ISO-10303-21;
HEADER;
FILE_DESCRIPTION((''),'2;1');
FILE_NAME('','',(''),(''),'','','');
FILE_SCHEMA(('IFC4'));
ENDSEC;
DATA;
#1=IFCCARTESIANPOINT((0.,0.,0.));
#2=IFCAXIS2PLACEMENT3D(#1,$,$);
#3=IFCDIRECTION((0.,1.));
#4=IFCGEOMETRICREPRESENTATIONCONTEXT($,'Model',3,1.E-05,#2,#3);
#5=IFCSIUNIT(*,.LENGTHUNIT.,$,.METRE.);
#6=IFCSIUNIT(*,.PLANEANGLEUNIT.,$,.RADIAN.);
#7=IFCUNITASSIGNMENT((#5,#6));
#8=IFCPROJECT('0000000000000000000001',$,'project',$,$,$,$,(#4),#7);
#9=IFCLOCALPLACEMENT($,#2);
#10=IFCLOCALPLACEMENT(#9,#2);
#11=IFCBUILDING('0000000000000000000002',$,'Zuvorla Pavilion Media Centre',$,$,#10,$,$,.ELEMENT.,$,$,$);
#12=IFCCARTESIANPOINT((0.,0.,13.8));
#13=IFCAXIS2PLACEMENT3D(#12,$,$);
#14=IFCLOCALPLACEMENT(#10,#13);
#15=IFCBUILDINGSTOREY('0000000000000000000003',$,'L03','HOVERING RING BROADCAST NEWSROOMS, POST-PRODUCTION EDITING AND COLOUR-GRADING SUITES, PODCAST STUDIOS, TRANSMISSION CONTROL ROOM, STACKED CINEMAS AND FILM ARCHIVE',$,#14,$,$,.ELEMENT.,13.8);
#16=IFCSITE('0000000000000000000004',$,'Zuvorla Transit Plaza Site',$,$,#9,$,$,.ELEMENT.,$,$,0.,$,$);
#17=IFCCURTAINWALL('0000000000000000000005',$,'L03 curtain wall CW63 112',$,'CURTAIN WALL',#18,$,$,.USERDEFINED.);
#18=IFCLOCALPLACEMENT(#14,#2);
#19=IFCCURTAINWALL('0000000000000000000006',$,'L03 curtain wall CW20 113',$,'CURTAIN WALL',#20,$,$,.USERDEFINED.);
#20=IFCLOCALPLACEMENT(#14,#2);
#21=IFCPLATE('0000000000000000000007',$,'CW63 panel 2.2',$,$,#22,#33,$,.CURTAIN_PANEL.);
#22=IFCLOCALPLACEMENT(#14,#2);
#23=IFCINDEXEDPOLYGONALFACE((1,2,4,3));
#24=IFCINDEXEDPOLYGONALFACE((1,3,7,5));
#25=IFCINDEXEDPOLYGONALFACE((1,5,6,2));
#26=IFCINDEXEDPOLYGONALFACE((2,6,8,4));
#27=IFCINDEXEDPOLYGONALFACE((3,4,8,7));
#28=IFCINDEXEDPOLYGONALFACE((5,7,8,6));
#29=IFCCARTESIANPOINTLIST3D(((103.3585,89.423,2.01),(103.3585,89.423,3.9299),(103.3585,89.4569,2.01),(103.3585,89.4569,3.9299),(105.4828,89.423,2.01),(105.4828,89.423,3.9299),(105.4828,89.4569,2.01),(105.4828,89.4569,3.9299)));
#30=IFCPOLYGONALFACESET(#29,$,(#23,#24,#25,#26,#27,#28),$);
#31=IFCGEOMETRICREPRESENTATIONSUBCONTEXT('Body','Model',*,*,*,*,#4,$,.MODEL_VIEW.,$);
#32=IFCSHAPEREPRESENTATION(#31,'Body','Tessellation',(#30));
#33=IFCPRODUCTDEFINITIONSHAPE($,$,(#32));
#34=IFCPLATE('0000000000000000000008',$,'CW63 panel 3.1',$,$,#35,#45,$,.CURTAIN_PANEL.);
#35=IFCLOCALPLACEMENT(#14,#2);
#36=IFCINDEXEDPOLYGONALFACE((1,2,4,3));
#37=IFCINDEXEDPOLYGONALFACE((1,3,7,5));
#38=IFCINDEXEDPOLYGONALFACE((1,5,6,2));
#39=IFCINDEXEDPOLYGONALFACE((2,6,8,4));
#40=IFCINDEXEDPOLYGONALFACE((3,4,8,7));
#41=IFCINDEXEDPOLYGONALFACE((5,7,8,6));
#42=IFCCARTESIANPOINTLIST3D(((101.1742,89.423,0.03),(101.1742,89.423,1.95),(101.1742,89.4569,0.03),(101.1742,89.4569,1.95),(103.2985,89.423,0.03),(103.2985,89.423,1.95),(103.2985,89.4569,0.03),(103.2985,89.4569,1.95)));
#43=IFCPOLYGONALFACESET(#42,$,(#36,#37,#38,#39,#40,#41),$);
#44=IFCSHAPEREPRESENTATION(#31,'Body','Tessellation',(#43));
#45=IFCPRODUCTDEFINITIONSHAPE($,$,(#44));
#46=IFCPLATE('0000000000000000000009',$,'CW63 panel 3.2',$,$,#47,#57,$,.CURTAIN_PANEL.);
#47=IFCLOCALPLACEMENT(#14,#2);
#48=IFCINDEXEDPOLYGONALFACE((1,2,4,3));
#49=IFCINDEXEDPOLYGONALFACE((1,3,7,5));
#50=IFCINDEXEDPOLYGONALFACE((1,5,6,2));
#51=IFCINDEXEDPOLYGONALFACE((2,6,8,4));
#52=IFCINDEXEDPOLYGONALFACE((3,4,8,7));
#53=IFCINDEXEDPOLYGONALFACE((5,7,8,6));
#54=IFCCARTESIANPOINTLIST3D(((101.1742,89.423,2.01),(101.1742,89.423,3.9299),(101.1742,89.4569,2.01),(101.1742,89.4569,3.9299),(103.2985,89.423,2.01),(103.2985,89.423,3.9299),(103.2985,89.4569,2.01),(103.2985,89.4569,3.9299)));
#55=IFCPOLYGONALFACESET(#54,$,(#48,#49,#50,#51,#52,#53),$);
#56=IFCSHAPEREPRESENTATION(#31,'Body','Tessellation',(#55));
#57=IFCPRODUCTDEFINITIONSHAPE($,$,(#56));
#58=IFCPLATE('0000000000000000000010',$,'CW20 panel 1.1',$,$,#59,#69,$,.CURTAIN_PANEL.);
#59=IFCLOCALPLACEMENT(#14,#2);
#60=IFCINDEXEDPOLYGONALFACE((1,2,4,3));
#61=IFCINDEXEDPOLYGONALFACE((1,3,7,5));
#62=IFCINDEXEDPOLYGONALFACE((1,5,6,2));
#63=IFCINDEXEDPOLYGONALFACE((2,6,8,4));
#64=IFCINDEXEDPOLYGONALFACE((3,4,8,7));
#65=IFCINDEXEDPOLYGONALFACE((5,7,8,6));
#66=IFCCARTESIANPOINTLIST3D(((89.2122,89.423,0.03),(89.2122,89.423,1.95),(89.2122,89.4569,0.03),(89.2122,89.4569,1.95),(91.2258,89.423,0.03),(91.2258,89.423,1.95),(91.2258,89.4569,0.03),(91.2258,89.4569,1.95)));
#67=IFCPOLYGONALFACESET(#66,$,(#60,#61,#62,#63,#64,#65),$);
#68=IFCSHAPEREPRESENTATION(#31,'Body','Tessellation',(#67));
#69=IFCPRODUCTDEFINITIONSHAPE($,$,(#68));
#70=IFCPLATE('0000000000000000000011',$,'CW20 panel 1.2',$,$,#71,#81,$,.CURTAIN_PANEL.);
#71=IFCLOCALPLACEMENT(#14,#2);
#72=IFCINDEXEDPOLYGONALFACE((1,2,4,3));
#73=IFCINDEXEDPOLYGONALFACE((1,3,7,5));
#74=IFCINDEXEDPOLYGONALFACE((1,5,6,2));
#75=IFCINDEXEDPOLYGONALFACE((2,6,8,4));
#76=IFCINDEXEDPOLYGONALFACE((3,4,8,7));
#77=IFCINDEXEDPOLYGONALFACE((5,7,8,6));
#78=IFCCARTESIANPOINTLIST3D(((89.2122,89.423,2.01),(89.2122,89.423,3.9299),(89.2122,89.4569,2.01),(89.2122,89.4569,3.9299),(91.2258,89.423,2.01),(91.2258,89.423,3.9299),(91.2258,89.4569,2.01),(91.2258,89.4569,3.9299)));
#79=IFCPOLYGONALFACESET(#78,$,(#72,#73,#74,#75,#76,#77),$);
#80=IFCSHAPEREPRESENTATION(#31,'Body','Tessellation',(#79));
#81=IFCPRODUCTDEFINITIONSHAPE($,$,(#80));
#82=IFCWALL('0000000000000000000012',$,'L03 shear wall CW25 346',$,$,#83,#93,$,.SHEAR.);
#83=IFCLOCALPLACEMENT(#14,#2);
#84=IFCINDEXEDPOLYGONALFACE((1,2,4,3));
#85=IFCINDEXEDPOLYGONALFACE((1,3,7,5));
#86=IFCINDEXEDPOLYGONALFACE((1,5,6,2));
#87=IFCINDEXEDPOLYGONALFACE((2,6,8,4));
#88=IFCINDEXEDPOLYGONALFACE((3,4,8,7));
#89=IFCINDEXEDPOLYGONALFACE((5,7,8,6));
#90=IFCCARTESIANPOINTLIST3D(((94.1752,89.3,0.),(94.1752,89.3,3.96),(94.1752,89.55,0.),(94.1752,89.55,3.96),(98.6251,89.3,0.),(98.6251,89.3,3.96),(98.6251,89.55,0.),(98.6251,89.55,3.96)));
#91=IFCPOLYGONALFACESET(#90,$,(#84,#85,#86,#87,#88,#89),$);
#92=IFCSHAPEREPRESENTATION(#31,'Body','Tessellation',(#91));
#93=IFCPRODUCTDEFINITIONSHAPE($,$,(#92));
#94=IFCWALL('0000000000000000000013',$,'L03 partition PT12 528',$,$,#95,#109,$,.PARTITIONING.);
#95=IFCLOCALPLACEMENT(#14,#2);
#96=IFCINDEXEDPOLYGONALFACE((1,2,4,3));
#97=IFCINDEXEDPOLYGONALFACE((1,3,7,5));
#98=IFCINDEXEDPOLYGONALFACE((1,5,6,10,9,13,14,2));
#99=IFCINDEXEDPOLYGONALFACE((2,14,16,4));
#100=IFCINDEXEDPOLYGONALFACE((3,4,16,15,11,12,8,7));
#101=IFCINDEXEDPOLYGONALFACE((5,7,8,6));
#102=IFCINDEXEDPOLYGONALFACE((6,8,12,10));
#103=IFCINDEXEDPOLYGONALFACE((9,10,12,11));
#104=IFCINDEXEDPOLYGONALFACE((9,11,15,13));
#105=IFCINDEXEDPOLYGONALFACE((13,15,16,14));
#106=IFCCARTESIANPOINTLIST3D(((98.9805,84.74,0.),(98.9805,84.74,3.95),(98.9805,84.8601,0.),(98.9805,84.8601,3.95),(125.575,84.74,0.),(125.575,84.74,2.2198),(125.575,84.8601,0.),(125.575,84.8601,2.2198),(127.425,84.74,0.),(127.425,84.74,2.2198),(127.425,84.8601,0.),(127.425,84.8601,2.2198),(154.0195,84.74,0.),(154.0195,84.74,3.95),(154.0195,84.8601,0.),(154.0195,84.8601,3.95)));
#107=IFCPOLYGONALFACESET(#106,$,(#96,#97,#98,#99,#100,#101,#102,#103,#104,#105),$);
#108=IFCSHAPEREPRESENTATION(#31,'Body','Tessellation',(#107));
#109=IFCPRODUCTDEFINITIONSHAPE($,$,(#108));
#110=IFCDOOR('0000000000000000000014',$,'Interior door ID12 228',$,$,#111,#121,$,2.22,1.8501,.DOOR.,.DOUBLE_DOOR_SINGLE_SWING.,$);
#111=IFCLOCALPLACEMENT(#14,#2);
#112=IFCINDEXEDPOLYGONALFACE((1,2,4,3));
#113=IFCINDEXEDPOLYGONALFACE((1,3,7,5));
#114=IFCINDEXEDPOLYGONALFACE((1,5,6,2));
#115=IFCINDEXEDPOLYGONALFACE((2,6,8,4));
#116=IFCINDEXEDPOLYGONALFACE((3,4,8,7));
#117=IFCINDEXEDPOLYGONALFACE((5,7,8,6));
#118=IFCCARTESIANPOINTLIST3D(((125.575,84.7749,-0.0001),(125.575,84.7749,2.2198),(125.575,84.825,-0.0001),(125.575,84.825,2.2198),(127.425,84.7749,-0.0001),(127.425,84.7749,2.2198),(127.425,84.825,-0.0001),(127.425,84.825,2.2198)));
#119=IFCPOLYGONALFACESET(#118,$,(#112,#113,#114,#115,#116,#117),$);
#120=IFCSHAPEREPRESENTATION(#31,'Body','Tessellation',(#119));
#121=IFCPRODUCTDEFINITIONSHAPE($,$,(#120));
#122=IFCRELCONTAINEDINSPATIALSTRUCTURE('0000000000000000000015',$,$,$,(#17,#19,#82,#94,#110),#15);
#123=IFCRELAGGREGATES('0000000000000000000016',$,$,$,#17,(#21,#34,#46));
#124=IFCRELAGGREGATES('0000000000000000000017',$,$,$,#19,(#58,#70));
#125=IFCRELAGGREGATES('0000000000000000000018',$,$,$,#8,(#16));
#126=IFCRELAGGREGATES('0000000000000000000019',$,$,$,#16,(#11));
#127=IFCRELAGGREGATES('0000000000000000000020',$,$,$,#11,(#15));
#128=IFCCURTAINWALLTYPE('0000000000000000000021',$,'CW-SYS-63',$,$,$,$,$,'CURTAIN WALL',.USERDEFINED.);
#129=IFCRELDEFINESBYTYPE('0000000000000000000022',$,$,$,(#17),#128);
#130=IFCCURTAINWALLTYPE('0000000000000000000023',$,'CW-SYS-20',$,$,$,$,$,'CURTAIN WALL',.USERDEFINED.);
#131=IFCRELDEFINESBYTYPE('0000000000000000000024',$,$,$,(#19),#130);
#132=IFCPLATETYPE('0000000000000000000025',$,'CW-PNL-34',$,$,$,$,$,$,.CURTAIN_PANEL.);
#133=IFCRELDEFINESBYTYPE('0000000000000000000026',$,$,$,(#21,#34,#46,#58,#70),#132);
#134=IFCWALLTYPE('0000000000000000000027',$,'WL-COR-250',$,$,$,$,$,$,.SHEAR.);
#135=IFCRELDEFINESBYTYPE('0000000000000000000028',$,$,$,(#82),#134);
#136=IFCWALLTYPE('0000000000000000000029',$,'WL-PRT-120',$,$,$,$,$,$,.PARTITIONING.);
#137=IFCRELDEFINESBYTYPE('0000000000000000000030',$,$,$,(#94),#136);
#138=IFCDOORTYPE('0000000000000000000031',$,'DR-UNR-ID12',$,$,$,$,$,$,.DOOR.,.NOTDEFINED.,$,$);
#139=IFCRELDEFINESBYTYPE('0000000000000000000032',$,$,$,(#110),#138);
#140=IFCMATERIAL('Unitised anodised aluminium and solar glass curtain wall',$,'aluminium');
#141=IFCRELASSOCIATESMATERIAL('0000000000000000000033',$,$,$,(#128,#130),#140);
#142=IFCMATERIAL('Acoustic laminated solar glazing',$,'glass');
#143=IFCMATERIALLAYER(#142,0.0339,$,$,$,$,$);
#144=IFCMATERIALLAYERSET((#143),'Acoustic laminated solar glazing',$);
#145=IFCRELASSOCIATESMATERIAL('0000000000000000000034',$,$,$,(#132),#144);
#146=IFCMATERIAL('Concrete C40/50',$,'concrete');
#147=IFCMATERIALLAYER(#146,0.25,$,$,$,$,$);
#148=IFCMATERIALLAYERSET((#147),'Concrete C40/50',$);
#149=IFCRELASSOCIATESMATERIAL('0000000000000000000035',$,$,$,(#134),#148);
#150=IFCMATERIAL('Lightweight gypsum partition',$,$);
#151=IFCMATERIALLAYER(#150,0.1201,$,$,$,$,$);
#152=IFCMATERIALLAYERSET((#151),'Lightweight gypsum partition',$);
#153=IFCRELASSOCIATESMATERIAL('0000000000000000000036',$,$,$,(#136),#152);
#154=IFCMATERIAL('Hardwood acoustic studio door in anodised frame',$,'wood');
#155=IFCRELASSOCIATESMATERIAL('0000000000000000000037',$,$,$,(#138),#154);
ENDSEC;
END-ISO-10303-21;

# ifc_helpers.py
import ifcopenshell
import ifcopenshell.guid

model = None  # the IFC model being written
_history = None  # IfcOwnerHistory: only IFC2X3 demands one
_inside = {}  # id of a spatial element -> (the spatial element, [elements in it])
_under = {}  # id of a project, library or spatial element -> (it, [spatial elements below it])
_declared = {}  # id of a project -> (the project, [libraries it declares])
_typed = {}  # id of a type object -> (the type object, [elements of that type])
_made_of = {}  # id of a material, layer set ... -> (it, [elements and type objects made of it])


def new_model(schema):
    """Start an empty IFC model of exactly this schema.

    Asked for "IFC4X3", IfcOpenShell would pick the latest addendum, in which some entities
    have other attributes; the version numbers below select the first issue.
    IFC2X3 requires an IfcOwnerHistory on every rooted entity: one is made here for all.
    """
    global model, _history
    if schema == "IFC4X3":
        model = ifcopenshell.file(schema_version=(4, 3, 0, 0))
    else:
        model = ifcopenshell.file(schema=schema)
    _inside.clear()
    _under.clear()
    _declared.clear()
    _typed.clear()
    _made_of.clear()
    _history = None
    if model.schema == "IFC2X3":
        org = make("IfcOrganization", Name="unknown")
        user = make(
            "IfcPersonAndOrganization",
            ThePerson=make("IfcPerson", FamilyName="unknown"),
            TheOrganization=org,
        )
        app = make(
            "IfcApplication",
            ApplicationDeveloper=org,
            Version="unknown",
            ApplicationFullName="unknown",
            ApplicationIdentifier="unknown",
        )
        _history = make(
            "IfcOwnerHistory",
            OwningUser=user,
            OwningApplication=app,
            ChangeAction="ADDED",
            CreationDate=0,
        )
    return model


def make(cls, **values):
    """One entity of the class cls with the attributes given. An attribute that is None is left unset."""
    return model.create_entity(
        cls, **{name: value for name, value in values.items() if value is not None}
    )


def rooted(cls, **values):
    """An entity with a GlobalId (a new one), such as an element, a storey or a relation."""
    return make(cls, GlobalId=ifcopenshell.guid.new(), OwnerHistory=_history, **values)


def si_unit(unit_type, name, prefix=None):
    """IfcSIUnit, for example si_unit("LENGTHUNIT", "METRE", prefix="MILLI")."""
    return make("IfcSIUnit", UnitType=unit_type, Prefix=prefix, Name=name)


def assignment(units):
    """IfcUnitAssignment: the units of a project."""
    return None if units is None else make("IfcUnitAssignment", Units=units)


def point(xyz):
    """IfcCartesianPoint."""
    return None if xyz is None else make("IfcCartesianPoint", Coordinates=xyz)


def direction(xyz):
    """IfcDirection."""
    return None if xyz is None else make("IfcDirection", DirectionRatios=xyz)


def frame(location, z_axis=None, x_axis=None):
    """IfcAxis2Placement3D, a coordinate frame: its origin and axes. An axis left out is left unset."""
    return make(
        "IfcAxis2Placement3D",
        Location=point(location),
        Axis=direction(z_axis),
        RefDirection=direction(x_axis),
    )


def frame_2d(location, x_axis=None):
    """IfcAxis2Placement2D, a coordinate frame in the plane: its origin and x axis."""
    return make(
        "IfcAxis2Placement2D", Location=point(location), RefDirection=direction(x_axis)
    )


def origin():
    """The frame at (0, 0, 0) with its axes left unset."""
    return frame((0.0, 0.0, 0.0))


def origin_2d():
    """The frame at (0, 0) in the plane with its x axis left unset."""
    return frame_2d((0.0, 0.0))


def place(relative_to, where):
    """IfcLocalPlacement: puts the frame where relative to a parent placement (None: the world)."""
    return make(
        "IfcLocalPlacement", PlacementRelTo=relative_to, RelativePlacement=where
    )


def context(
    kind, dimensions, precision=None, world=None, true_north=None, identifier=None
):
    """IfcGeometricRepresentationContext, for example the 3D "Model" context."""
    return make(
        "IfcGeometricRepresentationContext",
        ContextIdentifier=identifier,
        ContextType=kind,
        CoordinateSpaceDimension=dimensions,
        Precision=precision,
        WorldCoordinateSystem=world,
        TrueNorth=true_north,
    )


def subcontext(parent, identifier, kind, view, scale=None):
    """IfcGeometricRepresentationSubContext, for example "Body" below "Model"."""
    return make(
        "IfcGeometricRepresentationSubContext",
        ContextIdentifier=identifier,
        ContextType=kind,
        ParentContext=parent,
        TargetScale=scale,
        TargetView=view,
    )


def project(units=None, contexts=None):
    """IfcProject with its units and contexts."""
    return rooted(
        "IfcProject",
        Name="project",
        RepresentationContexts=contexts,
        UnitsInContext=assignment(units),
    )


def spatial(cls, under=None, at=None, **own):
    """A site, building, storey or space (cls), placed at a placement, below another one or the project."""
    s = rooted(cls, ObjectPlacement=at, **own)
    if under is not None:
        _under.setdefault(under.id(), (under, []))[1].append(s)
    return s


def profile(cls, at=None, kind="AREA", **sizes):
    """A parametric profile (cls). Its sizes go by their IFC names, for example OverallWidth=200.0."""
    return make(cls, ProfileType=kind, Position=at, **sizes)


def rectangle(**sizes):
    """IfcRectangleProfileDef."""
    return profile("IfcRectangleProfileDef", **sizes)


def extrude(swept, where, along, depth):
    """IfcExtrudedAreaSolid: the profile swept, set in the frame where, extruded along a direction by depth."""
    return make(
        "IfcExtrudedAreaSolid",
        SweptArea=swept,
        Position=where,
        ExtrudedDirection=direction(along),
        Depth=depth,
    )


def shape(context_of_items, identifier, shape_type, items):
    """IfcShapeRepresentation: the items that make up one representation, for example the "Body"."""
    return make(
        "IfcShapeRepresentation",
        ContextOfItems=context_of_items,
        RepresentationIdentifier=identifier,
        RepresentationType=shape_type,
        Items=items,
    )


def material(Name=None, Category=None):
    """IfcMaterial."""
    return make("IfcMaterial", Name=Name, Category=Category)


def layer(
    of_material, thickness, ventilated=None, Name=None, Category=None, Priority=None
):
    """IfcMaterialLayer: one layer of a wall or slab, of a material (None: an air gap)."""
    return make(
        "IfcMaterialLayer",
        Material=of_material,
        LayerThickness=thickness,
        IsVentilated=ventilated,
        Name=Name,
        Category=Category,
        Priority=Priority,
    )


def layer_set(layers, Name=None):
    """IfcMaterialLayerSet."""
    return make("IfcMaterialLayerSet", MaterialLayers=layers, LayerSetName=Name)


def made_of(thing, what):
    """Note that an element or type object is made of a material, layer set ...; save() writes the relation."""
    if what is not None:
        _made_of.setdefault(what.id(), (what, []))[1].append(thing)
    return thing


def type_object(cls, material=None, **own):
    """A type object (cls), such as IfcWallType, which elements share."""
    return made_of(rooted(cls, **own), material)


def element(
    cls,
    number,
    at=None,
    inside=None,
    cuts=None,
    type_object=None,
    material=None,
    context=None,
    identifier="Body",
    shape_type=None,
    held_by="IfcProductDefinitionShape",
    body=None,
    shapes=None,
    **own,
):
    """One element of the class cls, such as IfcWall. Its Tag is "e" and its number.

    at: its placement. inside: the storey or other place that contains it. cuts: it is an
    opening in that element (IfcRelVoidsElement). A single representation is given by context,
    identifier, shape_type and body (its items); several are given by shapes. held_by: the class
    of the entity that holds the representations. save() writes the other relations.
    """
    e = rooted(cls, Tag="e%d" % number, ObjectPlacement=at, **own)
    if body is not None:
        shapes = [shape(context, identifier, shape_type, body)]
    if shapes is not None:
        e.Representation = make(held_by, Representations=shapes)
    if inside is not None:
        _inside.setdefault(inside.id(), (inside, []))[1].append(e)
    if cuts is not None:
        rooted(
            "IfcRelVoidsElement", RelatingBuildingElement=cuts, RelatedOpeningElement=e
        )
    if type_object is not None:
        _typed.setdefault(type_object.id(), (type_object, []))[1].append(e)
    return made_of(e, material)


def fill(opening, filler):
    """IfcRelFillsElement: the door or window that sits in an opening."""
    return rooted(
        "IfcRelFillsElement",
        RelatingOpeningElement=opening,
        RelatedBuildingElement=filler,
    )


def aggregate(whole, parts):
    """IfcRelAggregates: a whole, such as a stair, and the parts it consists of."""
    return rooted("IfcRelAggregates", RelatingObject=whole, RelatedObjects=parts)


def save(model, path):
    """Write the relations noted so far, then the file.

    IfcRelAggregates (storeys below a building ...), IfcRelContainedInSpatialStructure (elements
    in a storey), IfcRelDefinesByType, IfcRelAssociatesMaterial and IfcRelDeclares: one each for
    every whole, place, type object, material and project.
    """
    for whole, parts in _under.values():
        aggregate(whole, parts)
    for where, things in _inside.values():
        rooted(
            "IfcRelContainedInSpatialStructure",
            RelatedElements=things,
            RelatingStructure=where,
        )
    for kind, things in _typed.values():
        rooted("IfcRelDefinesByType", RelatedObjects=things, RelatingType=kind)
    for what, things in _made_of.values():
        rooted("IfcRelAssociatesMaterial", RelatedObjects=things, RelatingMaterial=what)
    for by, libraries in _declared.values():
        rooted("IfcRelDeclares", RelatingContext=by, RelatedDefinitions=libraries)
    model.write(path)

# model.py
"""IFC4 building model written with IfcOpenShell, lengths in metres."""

from ifc_helpers import new_model, si_unit, direction, frame, frame_2d, origin, origin_2d, place, context, subcontext, project, spatial, rectangle, extrude, material, layer, layer_set, type_object, element, fill, aggregate, save


model = new_model("IFC4")

# Units and contexts
model_context = context("Model", 3, precision=1e-05, world=origin(), true_north=direction((0.0, 1.0)))
body_context = subcontext(model_context, "Body", "Model", "MODEL_VIEW")
ifc_project = project(units=[si_unit("LENGTHUNIT", "METRE"), si_unit("PLANEANGLEUNIT", "RADIAN")], contexts=[model_context])

# Site, building, storey
site_placement = place(None, origin())
site = spatial("IfcSite", under=ifc_project, at=site_placement, Name="Zuvorla Transit Plaza Site", CompositionType="ELEMENT", RefElevation=0.0)
building_placement = place(site_placement, origin())
building = spatial("IfcBuilding", under=site, at=building_placement, Name="Zuvorla Pavilion Media Centre", CompositionType="ELEMENT")
storey_placement = place(building_placement, frame((0.0, 0.0, 13.8)))
storey = spatial("IfcBuildingStorey", under=building, at=storey_placement, Name="L03", Description="HOVERING RING BROADCAST NEWSROOMS, POST-PRODUCTION EDITING AND COLOUR-GRADING SUITES, PODCAST STUDIOS, TRANSMISSION CONTROL ROOM, STACKED CINEMAS AND FILM ARCHIVE", CompositionType="ELEMENT", Elevation=13.8)

# Shared definitions
ifc_material_1 = material(Name="Concrete C40/50", Category="concrete")

# Curtain walls
ifc_material_2 = material(Name="Unitised anodised aluminium and solar glass curtain wall", Category="aluminium")
curtain_wall_type_1 = type_object("IfcCurtainWallType", Name="CW-SYS-63", ElementType="CURTAIN WALL", PredefinedType="USERDEFINED", material=ifc_material_2)
curtain_wall_1_placement = place(storey_placement, origin())
curtain_wall_1 = element("IfcCurtainWall", 1, at=curtain_wall_1_placement, inside=storey, type_object=curtain_wall_type_1, Name="L03 curtain wall CW63 112", ObjectType="CURTAIN WALL", PredefinedType="USERDEFINED")
curtain_wall_type_2 = type_object("IfcCurtainWallType", Name="CW-SYS-20", ElementType="CURTAIN WALL", PredefinedType="USERDEFINED", material=ifc_material_2)
curtain_wall_2_placement = place(storey_placement, origin())
curtain_wall_2 = element("IfcCurtainWall", 2, at=curtain_wall_2_placement, inside=storey, type_object=curtain_wall_type_2, Name="L03 curtain wall CW20 113", ObjectType="CURTAIN WALL", PredefinedType="USERDEFINED")

# Plates
ifc_material_3 = material(Name="Acoustic laminated solar glazing", Category="glass")
ifc_layer_1 = layer(ifc_material_3, 0.0339)
ifc_layer_set_1 = layer_set([ifc_layer_1], Name="Acoustic laminated solar glazing")
plate_type = type_object("IfcPlateType", Name="CW-PNL-34", PredefinedType="CURTAIN_PANEL", material=ifc_layer_set_1)
plate_1_placement = place(storey_placement, frame((104.4207, 89.4399, 2.01), z_axis=(0.0, 0.0, 1.0), x_axis=(-1.0, 0.0, 0.0)))
plate_1 = element("IfcPlate", 3, at=plate_1_placement, type_object=plate_type, Name="CW63 panel 2.2", PredefinedType="CURTAIN_PANEL", context=body_context, shape_type="SweptSolid", body=[
    extrude(rectangle(XDim=2.1243, YDim=0.0339, at=origin_2d()), origin(), (0.0, 0.0, 1.0), 1.9199),
])
plate_2_placement = place(storey_placement, frame((102.2363, 89.4399, 0.03), z_axis=(0.0, 0.0, 1.0), x_axis=(-1.0, 0.0, 0.0)))
plate_2 = element("IfcPlate", 4, at=plate_2_placement, type_object=plate_type, Name="CW63 panel 3.1", PredefinedType="CURTAIN_PANEL", context=body_context, shape_type="SweptSolid", body=[
    extrude(rectangle(XDim=2.1243, YDim=0.0339, at=origin_2d()), origin(), (0.0, 0.0, 1.0), 1.9199),
])
plate_3_placement = place(storey_placement, frame((102.2363, 89.4399, 2.01), z_axis=(0.0, 0.0, 1.0), x_axis=(-1.0, 0.0, 0.0)))
plate_3 = element("IfcPlate", 5, at=plate_3_placement, type_object=plate_type, Name="CW63 panel 3.2", PredefinedType="CURTAIN_PANEL", context=body_context, shape_type="SweptSolid", body=[
    extrude(rectangle(XDim=2.1243, YDim=0.0339, at=origin_2d()), origin(), (0.0, 0.0, 1.0), 1.9199),
])
aggregate(curtain_wall_1, [plate_1, plate_2, plate_3])
plate_4_placement = place(storey_placement, frame((90.219, 89.4399, 0.03), z_axis=(0.0, 0.0, 1.0), x_axis=(-1.0, 0.0, 0.0)))
plate_4 = element("IfcPlate", 6, at=plate_4_placement, type_object=plate_type, Name="CW20 panel 1.1", PredefinedType="CURTAIN_PANEL", context=body_context, shape_type="SweptSolid", body=[
    extrude(rectangle(XDim=2.0137, YDim=0.0339, at=origin_2d()), origin(), (0.0, 0.0, 1.0), 1.9199),
])
plate_5_placement = place(storey_placement, frame((90.219, 89.4399, 2.01), z_axis=(0.0, 0.0, 1.0), x_axis=(-1.0, 0.0, 0.0)))
plate_5 = element("IfcPlate", 7, at=plate_5_placement, type_object=plate_type, Name="CW20 panel 1.2", PredefinedType="CURTAIN_PANEL", context=body_context, shape_type="SweptSolid", body=[
    extrude(rectangle(XDim=2.0137, YDim=0.0339, at=origin_2d()), origin(), (0.0, 0.0, 1.0), 1.9199),
])
aggregate(curtain_wall_2, [plate_4, plate_5])

# Wall
ifc_layer_2 = layer(ifc_material_1, 0.25)
ifc_layer_set_2 = layer_set([ifc_layer_2], Name="Concrete C40/50")
wall_type_1 = type_object("IfcWallType", Name="WL-COR-250", PredefinedType="SHEAR", material=ifc_layer_set_2)
wall_1_placement = place(storey_placement, frame((94.175, 89.425, 0.0), z_axis=(0.0, 0.0, 1.0), x_axis=(1.0, 0.0, 0.0)))
element("IfcWall", 8, at=wall_1_placement, inside=storey, type_object=wall_type_1, Name="L03 shear wall CW25 346", PredefinedType="SHEAR", context=body_context, shape_type="SweptSolid", body=[
    extrude(rectangle(XDim=4.45, YDim=0.25, at=frame_2d((2.2251, 0.0))), origin(), (0.0, 0.0, 1.0), 3.96),
])

# Wall, opening, door
ifc_material_4 = material(Name="Lightweight gypsum partition")
ifc_layer_3 = layer(ifc_material_4, 0.1201)
ifc_layer_set_3 = layer_set([ifc_layer_3], Name="Lightweight gypsum partition")
wall_type_2 = type_object("IfcWallType", Name="WL-PRT-120", PredefinedType="PARTITIONING", material=ifc_layer_set_3)
wall_2_placement = place(storey_placement, frame((98.9805, 84.8, 0.0), z_axis=(0.0, 0.0, 1.0), x_axis=(1.0, 0.0, 0.0)))
wall_2 = element("IfcWall", 9, at=wall_2_placement, inside=storey, type_object=wall_type_2, Name="L03 partition PT12 528", PredefinedType="PARTITIONING", context=body_context, shape_type="SweptSolid", body=[
    extrude(rectangle(XDim=55.0391, YDim=0.1201, at=frame_2d((27.5195, 0.0))), origin(), (0.0, 0.0, 1.0), 3.95),
])
opening_placement = place(wall_2_placement, frame((26.5945, 0.0, 0.0)))
opening = element("IfcOpeningElement", 10, at=opening_placement, cuts=wall_2, PredefinedType="OPENING", context=body_context, shape_type="SweptSolid", body=[
    extrude(rectangle(XDim=1.8501, YDim=2.22, at=frame_2d((0.925, 1.1099))), frame((0.0, 0.0701, 0.0), z_axis=(0.0, -1.0, 0.0), x_axis=(1.0, 0.0, 0.0)), (0.0, 0.0, 1.0), 0.1401),
])
ifc_material_5 = material(Name="Hardwood acoustic studio door in anodised frame", Category="wood")
door_type = type_object("IfcDoorType", Name="DR-UNR-ID12", OperationType="NOTDEFINED", PredefinedType="DOOR", material=ifc_material_5)
door_placement = place(opening_placement, origin())
door = element("IfcDoor", 11, at=door_placement, inside=storey, type_object=door_type, Name="Interior door ID12 228", OperationType="DOUBLE_DOOR_SINGLE_SWING", OverallHeight=2.22, OverallWidth=1.8501, PredefinedType="DOOR", context=body_context, shape_type="SweptSolid", body=[
    extrude(rectangle(XDim=1.8501, YDim=2.22, at=frame_2d((0.925, 1.1099))), frame((0.0, 0.0249, 0.0), z_axis=(0.0, -1.0, 0.0), x_axis=(1.0, 0.0, 0.0)), (0.0, 0.0, 1.0), 0.05),
])
fill(opening, door)

save(model, "model.ifc")
